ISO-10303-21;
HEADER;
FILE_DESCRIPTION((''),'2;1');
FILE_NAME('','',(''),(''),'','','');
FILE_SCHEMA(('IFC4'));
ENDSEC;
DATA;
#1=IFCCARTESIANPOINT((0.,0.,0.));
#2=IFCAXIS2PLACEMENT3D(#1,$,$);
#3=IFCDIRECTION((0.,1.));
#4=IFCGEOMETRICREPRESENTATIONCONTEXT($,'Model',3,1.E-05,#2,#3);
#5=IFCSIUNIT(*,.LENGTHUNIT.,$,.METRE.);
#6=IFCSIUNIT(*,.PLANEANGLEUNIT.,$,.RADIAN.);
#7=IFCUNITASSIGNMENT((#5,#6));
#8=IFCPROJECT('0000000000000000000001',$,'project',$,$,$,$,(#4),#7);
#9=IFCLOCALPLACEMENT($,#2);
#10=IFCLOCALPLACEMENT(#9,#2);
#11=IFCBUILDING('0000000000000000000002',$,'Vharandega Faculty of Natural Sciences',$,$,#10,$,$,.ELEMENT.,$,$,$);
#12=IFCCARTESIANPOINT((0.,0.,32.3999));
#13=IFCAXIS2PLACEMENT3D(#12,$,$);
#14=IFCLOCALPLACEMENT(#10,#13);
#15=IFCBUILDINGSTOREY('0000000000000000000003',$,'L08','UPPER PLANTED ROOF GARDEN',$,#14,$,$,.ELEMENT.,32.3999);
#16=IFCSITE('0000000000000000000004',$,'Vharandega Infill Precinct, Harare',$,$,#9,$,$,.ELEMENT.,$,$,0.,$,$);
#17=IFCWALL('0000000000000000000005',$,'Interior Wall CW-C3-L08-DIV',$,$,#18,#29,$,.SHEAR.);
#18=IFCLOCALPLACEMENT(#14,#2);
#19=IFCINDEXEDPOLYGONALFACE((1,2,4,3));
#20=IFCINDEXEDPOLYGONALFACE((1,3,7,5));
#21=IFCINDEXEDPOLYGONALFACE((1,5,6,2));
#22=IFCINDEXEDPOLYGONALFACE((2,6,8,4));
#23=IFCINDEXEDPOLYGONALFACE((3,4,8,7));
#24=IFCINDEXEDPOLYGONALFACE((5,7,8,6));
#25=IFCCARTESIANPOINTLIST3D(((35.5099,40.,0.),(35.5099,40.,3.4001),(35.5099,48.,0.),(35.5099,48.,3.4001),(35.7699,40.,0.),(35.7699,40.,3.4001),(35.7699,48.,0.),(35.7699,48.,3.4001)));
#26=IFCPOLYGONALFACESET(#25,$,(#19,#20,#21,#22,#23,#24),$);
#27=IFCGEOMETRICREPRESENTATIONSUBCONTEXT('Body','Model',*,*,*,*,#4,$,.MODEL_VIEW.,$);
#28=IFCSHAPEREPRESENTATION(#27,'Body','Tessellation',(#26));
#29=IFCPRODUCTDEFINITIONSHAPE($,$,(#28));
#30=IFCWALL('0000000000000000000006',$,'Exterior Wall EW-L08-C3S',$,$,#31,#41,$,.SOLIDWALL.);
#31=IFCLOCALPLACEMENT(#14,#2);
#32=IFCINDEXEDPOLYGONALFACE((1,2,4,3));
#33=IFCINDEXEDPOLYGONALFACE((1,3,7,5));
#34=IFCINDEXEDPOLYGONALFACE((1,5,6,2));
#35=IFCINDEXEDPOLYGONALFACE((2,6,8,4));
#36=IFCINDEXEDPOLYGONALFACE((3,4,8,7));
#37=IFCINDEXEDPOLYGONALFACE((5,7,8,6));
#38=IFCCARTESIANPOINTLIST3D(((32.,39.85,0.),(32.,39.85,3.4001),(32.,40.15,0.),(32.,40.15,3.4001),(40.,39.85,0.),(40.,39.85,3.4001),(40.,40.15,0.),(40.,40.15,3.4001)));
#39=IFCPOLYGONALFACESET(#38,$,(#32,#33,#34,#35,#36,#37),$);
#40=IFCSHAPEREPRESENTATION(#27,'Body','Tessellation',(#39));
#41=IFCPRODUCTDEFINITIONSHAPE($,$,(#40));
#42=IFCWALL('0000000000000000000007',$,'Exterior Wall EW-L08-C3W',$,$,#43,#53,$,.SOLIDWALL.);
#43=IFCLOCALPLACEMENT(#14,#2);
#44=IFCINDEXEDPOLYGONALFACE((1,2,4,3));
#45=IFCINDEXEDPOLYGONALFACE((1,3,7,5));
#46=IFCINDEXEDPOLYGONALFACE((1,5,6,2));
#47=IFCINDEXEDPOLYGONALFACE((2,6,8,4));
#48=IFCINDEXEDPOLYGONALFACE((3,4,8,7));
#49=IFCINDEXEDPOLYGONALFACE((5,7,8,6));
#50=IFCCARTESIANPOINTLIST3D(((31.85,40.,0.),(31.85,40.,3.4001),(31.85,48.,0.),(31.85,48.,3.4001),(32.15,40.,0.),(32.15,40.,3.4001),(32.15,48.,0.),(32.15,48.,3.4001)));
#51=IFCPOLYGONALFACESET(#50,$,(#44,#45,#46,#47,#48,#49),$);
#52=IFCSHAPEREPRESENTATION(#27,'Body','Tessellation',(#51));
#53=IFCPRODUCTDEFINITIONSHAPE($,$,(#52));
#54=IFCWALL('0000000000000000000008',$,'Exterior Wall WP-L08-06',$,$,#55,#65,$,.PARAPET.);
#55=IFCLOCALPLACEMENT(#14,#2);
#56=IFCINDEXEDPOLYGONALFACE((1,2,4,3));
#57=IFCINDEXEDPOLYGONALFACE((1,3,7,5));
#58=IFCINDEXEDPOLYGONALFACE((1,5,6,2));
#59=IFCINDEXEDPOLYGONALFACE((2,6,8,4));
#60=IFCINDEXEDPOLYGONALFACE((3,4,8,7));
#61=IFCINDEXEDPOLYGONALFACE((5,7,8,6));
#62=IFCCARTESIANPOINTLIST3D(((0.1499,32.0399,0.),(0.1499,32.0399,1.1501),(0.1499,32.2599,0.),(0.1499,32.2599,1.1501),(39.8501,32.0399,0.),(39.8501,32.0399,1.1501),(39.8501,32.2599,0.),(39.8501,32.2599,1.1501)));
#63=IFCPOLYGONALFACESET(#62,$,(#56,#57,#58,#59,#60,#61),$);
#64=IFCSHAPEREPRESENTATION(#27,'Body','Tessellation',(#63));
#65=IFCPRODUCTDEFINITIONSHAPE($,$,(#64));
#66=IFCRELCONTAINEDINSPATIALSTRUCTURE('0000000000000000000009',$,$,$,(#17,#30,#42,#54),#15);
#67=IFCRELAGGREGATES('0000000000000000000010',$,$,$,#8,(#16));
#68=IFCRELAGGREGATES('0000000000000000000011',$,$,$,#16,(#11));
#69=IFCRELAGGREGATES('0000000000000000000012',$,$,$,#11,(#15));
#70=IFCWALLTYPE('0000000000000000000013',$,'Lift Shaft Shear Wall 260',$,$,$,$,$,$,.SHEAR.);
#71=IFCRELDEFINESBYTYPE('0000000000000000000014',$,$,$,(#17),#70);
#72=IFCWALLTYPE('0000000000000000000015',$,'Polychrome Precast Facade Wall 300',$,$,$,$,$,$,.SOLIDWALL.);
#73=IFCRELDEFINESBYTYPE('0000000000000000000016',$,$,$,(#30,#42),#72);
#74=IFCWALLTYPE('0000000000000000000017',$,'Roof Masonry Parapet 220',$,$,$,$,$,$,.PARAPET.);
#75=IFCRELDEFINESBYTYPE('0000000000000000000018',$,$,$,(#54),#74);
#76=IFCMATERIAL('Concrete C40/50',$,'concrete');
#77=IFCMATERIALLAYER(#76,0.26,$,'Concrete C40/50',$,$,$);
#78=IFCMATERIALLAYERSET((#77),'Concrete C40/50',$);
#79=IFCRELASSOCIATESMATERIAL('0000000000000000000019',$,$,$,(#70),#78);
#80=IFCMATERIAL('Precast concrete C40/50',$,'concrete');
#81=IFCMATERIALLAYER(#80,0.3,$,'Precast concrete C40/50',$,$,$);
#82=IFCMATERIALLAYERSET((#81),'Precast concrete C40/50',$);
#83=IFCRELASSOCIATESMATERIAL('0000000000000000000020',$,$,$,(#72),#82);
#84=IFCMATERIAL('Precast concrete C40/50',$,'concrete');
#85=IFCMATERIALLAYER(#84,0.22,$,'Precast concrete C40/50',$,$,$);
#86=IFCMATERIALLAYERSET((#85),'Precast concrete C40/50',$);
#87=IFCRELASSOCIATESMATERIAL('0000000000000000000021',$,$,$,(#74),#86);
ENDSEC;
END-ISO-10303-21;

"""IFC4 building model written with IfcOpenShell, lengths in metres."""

from ifc_helpers import new_model, si_unit, direction, frame, frame_2d, origin, place, context, subcontext, project, spatial, rectangle, extrude, material, layer, layer_set, type_object, element, save


model = new_model("IFC4")

# Units and contexts
model_context = context("Model", 3, precision=1e-05, world=origin(), true_north=direction((0.0, 1.0)))
body_context = subcontext(model_context, "Body", "Model", "MODEL_VIEW")
ifc_project = project(units=[si_unit("LENGTHUNIT", "METRE"), si_unit("PLANEANGLEUNIT", "RADIAN")], contexts=[model_context])

# Site, building, storey
site_placement = place(None, origin())
site = spatial("IfcSite", under=ifc_project, at=site_placement, Name="Vharandega Infill Precinct, Harare", CompositionType="ELEMENT", RefElevation=0.0)
building_placement = place(site_placement, origin())
building = spatial("IfcBuilding", under=site, at=building_placement, Name="Vharandega Faculty of Natural Sciences", CompositionType="ELEMENT")
storey_placement = place(building_placement, frame((0.0, 0.0, 32.3999)))
storey = spatial("IfcBuildingStorey", under=building, at=storey_placement, Name="L08", Description="UPPER PLANTED ROOF GARDEN", CompositionType="ELEMENT", Elevation=32.3999)

# Walls
ifc_material_1 = material(Name="Concrete C40/50", Category="concrete")
ifc_layer_1 = layer(ifc_material_1, 0.26, Name="Concrete C40/50")
ifc_layer_set_1 = layer_set([ifc_layer_1], Name="Concrete C40/50")
wall_type_1 = type_object("IfcWallType", Name="Lift Shaft Shear Wall 260", PredefinedType="SHEAR", material=ifc_layer_set_1)
wall_1_placement = place(storey_placement, frame((35.6399, 40.0, 0.0), z_axis=(0.0, 0.0, 1.0), x_axis=(0.0, 1.0, 0.0)))
element("IfcWall", 1, at=wall_1_placement, inside=storey, type_object=wall_type_1, Name="Interior Wall CW-C3-L08-DIV", PredefinedType="SHEAR", context=body_context, shape_type="SweptSolid", body=[
    extrude(rectangle(XDim=8.0, YDim=0.26, at=frame_2d((4.0, 0.0))), origin(), (0.0, 0.0, 1.0), 3.4001),
])
ifc_material_2 = material(Name="Precast concrete C40/50", Category="concrete")
ifc_layer_2 = layer(ifc_material_2, 0.3, Name="Precast concrete C40/50")
ifc_layer_set_2 = layer_set([ifc_layer_2], Name="Precast concrete C40/50")
wall_type_2 = type_object("IfcWallType", Name="Polychrome Precast Facade Wall 300", PredefinedType="SOLIDWALL", material=ifc_layer_set_2)
for number, where, z_axis, x_axis, name in (
    (2, (40.0, 40.0, 0.0), (0.0, 0.0, 1.0), (-1.0, 0.0, 0.0), "Exterior Wall EW-L08-C3S"),
    (3, (32.0, 40.0, 0.0), (0.0, 0.0, 1.0), (0.0, 1.0, 0.0), "Exterior Wall EW-L08-C3W"),
):
    element("IfcWall", number, at=place(storey_placement, frame(where, z_axis=z_axis, x_axis=x_axis)), inside=storey, type_object=wall_type_2, Name=name, PredefinedType="SOLIDWALL", context=body_context, shape_type="SweptSolid", body=[
        extrude(rectangle(XDim=8.0, YDim=0.3, at=frame_2d((4.0, 0.0))), origin(), (0.0, 0.0, 1.0), 3.4001),
    ])
ifc_material_3 = material(Name="Precast concrete C40/50", Category="concrete")
ifc_layer_3 = layer(ifc_material_3, 0.22, Name="Precast concrete C40/50")
ifc_layer_set_3 = layer_set([ifc_layer_3], Name="Precast concrete C40/50")
wall_type_3 = type_object("IfcWallType", Name="Roof Masonry Parapet 220", PredefinedType="PARAPET", material=ifc_layer_set_3)
wall_2_placement = place(storey_placement, frame((39.8501, 32.1499, 0.0), z_axis=(0.0, 0.0, 1.0), x_axis=(-1.0, 0.0, 0.0)))
element("IfcWall", 4, at=wall_2_placement, inside=storey, type_object=wall_type_3, Name="Exterior Wall WP-L08-06", PredefinedType="PARAPET", context=body_context, shape_type="SweptSolid", body=[
    extrude(rectangle(XDim=39.7002, YDim=0.22, at=frame_2d((19.8501, 0.0))), origin(), (0.0, 0.0, 1.0), 1.1501),
])

save(model, "model.ifc")
